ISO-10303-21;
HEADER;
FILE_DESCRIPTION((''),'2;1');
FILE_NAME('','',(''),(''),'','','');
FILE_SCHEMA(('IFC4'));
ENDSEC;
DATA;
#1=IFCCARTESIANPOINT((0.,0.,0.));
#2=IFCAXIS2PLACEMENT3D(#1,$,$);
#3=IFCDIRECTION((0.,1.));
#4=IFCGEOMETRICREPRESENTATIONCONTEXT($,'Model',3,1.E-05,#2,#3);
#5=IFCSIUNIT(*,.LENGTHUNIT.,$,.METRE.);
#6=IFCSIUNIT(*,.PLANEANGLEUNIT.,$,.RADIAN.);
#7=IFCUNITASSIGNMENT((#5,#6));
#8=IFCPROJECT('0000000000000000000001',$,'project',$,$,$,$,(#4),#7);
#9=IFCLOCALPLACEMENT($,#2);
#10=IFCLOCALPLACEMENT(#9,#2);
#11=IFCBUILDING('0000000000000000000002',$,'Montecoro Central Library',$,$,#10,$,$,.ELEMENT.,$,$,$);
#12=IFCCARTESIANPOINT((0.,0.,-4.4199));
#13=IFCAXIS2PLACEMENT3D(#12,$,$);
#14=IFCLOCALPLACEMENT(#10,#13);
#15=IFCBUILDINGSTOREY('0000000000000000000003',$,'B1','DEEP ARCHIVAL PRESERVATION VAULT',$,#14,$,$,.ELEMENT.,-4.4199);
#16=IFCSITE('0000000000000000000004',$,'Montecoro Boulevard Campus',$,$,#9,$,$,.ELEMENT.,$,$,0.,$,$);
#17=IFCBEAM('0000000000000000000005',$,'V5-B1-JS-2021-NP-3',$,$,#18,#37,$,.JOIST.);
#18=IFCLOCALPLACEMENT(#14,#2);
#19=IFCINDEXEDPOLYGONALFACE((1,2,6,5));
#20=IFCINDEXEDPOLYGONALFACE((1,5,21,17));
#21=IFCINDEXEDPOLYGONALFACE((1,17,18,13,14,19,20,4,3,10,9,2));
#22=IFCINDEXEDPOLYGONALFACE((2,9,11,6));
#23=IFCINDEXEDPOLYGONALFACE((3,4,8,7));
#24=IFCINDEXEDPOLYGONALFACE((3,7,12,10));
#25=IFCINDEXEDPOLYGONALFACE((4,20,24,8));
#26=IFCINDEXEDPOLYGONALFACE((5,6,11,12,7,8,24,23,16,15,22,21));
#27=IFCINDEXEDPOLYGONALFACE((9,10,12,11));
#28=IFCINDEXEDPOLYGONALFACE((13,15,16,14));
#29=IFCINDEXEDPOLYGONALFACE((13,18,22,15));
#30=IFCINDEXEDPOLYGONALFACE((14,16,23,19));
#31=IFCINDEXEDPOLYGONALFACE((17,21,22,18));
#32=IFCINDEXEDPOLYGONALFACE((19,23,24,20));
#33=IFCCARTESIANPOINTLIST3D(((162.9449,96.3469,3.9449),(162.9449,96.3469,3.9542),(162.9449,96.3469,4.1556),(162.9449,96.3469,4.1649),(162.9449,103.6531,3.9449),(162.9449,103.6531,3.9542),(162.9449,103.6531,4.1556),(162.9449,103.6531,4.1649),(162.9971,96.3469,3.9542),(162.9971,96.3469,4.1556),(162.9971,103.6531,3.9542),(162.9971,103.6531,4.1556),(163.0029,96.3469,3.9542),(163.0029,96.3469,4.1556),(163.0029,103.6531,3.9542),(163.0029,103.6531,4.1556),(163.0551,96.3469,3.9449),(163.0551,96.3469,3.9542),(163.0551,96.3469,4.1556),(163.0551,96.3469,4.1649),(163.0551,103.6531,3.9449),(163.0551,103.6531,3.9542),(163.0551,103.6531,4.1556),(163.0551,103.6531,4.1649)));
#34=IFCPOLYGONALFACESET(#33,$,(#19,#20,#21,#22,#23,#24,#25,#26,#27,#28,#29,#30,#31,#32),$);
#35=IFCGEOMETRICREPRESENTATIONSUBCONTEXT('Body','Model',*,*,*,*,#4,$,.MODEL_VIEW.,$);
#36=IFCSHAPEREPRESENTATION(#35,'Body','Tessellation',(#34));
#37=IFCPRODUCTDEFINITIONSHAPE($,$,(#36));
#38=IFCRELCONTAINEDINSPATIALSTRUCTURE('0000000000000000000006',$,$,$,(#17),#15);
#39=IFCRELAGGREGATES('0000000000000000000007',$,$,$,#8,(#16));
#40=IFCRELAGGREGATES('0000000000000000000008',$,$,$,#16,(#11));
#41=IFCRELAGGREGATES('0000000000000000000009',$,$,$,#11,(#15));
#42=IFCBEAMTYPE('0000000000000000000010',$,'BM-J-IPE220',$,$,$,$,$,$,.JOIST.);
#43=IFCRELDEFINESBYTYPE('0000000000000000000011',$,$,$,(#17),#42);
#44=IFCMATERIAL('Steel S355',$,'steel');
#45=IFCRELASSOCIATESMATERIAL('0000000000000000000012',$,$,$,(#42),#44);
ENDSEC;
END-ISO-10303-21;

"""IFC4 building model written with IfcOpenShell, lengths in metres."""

from ifc_helpers import new_model, si_unit, direction, frame, origin, origin_2d, place, context, subcontext, project, spatial, i_section, extrude, material, material_profile, profile_set, type_object, element, save


model = new_model("IFC4")

# Units and contexts
model_context = context("Model", 3, precision=1e-05, world=origin(), true_north=direction((0.0, 1.0)))
body_context = subcontext(model_context, "Body", "Model", "MODEL_VIEW")
ifc_project = project(units=[si_unit("LENGTHUNIT", "METRE"), si_unit("PLANEANGLEUNIT", "RADIAN")], contexts=[model_context])

# Site, building, storey
site_placement = place(None, origin())
site = spatial("IfcSite", under=ifc_project, at=site_placement, Name="Montecoro Boulevard Campus", CompositionType="ELEMENT", RefElevation=0.0)
building_placement = place(site_placement, origin())
building = spatial("IfcBuilding", under=site, at=building_placement, Name="Montecoro Central Library", CompositionType="ELEMENT")
storey_placement = place(building_placement, frame((0.0, 0.0, -4.4199)))
storey = spatial("IfcBuildingStorey", under=building, at=storey_placement, Name="B1", Description="DEEP ARCHIVAL PRESERVATION VAULT", CompositionType="ELEMENT", Elevation=-4.4199)

# Beam
ifc_material_1 = material(Name="Steel S355", Category="steel")
ifc_material_profile_1 = material_profile(ifc_material_1, i_section(OverallWidth=0.1101, OverallDepth=0.22, WebThickness=0.0059, FlangeThickness=0.0093, at=origin_2d()), Name="IPE 220")
ifc_profile_set_1 = profile_set([ifc_material_profile_1], Name="Steel S355")
beam_type_1 = type_object("IfcBeamType", Name="BM-J-IPE220", PredefinedType="JOIST", material=ifc_profile_set_1)
for number, where, z_axis, x_axis, name in (
    (1, (163.0, 96.3469, 4.0549), (0.0, 1.0, 0.0), (-1.0, 0.0, 0.0), "V5-B1-JS-2021-NP-3"),
):
    element("IfcBeam", number, at=place(storey_placement, frame(where, z_axis=z_axis, x_axis=x_axis)), inside=storey, type_object=beam_type_1, Name=name, PredefinedType="JOIST", context=body_context, shape_type="SweptSolid", body=[
        extrude(i_section(OverallWidth=0.1101, OverallDepth=0.22, WebThickness=0.0059, FlangeThickness=0.0093, at=origin_2d()), origin(), (0.0, 0.0, 1.0), 7.3062),
    ])

save(model, "model.ifc")
